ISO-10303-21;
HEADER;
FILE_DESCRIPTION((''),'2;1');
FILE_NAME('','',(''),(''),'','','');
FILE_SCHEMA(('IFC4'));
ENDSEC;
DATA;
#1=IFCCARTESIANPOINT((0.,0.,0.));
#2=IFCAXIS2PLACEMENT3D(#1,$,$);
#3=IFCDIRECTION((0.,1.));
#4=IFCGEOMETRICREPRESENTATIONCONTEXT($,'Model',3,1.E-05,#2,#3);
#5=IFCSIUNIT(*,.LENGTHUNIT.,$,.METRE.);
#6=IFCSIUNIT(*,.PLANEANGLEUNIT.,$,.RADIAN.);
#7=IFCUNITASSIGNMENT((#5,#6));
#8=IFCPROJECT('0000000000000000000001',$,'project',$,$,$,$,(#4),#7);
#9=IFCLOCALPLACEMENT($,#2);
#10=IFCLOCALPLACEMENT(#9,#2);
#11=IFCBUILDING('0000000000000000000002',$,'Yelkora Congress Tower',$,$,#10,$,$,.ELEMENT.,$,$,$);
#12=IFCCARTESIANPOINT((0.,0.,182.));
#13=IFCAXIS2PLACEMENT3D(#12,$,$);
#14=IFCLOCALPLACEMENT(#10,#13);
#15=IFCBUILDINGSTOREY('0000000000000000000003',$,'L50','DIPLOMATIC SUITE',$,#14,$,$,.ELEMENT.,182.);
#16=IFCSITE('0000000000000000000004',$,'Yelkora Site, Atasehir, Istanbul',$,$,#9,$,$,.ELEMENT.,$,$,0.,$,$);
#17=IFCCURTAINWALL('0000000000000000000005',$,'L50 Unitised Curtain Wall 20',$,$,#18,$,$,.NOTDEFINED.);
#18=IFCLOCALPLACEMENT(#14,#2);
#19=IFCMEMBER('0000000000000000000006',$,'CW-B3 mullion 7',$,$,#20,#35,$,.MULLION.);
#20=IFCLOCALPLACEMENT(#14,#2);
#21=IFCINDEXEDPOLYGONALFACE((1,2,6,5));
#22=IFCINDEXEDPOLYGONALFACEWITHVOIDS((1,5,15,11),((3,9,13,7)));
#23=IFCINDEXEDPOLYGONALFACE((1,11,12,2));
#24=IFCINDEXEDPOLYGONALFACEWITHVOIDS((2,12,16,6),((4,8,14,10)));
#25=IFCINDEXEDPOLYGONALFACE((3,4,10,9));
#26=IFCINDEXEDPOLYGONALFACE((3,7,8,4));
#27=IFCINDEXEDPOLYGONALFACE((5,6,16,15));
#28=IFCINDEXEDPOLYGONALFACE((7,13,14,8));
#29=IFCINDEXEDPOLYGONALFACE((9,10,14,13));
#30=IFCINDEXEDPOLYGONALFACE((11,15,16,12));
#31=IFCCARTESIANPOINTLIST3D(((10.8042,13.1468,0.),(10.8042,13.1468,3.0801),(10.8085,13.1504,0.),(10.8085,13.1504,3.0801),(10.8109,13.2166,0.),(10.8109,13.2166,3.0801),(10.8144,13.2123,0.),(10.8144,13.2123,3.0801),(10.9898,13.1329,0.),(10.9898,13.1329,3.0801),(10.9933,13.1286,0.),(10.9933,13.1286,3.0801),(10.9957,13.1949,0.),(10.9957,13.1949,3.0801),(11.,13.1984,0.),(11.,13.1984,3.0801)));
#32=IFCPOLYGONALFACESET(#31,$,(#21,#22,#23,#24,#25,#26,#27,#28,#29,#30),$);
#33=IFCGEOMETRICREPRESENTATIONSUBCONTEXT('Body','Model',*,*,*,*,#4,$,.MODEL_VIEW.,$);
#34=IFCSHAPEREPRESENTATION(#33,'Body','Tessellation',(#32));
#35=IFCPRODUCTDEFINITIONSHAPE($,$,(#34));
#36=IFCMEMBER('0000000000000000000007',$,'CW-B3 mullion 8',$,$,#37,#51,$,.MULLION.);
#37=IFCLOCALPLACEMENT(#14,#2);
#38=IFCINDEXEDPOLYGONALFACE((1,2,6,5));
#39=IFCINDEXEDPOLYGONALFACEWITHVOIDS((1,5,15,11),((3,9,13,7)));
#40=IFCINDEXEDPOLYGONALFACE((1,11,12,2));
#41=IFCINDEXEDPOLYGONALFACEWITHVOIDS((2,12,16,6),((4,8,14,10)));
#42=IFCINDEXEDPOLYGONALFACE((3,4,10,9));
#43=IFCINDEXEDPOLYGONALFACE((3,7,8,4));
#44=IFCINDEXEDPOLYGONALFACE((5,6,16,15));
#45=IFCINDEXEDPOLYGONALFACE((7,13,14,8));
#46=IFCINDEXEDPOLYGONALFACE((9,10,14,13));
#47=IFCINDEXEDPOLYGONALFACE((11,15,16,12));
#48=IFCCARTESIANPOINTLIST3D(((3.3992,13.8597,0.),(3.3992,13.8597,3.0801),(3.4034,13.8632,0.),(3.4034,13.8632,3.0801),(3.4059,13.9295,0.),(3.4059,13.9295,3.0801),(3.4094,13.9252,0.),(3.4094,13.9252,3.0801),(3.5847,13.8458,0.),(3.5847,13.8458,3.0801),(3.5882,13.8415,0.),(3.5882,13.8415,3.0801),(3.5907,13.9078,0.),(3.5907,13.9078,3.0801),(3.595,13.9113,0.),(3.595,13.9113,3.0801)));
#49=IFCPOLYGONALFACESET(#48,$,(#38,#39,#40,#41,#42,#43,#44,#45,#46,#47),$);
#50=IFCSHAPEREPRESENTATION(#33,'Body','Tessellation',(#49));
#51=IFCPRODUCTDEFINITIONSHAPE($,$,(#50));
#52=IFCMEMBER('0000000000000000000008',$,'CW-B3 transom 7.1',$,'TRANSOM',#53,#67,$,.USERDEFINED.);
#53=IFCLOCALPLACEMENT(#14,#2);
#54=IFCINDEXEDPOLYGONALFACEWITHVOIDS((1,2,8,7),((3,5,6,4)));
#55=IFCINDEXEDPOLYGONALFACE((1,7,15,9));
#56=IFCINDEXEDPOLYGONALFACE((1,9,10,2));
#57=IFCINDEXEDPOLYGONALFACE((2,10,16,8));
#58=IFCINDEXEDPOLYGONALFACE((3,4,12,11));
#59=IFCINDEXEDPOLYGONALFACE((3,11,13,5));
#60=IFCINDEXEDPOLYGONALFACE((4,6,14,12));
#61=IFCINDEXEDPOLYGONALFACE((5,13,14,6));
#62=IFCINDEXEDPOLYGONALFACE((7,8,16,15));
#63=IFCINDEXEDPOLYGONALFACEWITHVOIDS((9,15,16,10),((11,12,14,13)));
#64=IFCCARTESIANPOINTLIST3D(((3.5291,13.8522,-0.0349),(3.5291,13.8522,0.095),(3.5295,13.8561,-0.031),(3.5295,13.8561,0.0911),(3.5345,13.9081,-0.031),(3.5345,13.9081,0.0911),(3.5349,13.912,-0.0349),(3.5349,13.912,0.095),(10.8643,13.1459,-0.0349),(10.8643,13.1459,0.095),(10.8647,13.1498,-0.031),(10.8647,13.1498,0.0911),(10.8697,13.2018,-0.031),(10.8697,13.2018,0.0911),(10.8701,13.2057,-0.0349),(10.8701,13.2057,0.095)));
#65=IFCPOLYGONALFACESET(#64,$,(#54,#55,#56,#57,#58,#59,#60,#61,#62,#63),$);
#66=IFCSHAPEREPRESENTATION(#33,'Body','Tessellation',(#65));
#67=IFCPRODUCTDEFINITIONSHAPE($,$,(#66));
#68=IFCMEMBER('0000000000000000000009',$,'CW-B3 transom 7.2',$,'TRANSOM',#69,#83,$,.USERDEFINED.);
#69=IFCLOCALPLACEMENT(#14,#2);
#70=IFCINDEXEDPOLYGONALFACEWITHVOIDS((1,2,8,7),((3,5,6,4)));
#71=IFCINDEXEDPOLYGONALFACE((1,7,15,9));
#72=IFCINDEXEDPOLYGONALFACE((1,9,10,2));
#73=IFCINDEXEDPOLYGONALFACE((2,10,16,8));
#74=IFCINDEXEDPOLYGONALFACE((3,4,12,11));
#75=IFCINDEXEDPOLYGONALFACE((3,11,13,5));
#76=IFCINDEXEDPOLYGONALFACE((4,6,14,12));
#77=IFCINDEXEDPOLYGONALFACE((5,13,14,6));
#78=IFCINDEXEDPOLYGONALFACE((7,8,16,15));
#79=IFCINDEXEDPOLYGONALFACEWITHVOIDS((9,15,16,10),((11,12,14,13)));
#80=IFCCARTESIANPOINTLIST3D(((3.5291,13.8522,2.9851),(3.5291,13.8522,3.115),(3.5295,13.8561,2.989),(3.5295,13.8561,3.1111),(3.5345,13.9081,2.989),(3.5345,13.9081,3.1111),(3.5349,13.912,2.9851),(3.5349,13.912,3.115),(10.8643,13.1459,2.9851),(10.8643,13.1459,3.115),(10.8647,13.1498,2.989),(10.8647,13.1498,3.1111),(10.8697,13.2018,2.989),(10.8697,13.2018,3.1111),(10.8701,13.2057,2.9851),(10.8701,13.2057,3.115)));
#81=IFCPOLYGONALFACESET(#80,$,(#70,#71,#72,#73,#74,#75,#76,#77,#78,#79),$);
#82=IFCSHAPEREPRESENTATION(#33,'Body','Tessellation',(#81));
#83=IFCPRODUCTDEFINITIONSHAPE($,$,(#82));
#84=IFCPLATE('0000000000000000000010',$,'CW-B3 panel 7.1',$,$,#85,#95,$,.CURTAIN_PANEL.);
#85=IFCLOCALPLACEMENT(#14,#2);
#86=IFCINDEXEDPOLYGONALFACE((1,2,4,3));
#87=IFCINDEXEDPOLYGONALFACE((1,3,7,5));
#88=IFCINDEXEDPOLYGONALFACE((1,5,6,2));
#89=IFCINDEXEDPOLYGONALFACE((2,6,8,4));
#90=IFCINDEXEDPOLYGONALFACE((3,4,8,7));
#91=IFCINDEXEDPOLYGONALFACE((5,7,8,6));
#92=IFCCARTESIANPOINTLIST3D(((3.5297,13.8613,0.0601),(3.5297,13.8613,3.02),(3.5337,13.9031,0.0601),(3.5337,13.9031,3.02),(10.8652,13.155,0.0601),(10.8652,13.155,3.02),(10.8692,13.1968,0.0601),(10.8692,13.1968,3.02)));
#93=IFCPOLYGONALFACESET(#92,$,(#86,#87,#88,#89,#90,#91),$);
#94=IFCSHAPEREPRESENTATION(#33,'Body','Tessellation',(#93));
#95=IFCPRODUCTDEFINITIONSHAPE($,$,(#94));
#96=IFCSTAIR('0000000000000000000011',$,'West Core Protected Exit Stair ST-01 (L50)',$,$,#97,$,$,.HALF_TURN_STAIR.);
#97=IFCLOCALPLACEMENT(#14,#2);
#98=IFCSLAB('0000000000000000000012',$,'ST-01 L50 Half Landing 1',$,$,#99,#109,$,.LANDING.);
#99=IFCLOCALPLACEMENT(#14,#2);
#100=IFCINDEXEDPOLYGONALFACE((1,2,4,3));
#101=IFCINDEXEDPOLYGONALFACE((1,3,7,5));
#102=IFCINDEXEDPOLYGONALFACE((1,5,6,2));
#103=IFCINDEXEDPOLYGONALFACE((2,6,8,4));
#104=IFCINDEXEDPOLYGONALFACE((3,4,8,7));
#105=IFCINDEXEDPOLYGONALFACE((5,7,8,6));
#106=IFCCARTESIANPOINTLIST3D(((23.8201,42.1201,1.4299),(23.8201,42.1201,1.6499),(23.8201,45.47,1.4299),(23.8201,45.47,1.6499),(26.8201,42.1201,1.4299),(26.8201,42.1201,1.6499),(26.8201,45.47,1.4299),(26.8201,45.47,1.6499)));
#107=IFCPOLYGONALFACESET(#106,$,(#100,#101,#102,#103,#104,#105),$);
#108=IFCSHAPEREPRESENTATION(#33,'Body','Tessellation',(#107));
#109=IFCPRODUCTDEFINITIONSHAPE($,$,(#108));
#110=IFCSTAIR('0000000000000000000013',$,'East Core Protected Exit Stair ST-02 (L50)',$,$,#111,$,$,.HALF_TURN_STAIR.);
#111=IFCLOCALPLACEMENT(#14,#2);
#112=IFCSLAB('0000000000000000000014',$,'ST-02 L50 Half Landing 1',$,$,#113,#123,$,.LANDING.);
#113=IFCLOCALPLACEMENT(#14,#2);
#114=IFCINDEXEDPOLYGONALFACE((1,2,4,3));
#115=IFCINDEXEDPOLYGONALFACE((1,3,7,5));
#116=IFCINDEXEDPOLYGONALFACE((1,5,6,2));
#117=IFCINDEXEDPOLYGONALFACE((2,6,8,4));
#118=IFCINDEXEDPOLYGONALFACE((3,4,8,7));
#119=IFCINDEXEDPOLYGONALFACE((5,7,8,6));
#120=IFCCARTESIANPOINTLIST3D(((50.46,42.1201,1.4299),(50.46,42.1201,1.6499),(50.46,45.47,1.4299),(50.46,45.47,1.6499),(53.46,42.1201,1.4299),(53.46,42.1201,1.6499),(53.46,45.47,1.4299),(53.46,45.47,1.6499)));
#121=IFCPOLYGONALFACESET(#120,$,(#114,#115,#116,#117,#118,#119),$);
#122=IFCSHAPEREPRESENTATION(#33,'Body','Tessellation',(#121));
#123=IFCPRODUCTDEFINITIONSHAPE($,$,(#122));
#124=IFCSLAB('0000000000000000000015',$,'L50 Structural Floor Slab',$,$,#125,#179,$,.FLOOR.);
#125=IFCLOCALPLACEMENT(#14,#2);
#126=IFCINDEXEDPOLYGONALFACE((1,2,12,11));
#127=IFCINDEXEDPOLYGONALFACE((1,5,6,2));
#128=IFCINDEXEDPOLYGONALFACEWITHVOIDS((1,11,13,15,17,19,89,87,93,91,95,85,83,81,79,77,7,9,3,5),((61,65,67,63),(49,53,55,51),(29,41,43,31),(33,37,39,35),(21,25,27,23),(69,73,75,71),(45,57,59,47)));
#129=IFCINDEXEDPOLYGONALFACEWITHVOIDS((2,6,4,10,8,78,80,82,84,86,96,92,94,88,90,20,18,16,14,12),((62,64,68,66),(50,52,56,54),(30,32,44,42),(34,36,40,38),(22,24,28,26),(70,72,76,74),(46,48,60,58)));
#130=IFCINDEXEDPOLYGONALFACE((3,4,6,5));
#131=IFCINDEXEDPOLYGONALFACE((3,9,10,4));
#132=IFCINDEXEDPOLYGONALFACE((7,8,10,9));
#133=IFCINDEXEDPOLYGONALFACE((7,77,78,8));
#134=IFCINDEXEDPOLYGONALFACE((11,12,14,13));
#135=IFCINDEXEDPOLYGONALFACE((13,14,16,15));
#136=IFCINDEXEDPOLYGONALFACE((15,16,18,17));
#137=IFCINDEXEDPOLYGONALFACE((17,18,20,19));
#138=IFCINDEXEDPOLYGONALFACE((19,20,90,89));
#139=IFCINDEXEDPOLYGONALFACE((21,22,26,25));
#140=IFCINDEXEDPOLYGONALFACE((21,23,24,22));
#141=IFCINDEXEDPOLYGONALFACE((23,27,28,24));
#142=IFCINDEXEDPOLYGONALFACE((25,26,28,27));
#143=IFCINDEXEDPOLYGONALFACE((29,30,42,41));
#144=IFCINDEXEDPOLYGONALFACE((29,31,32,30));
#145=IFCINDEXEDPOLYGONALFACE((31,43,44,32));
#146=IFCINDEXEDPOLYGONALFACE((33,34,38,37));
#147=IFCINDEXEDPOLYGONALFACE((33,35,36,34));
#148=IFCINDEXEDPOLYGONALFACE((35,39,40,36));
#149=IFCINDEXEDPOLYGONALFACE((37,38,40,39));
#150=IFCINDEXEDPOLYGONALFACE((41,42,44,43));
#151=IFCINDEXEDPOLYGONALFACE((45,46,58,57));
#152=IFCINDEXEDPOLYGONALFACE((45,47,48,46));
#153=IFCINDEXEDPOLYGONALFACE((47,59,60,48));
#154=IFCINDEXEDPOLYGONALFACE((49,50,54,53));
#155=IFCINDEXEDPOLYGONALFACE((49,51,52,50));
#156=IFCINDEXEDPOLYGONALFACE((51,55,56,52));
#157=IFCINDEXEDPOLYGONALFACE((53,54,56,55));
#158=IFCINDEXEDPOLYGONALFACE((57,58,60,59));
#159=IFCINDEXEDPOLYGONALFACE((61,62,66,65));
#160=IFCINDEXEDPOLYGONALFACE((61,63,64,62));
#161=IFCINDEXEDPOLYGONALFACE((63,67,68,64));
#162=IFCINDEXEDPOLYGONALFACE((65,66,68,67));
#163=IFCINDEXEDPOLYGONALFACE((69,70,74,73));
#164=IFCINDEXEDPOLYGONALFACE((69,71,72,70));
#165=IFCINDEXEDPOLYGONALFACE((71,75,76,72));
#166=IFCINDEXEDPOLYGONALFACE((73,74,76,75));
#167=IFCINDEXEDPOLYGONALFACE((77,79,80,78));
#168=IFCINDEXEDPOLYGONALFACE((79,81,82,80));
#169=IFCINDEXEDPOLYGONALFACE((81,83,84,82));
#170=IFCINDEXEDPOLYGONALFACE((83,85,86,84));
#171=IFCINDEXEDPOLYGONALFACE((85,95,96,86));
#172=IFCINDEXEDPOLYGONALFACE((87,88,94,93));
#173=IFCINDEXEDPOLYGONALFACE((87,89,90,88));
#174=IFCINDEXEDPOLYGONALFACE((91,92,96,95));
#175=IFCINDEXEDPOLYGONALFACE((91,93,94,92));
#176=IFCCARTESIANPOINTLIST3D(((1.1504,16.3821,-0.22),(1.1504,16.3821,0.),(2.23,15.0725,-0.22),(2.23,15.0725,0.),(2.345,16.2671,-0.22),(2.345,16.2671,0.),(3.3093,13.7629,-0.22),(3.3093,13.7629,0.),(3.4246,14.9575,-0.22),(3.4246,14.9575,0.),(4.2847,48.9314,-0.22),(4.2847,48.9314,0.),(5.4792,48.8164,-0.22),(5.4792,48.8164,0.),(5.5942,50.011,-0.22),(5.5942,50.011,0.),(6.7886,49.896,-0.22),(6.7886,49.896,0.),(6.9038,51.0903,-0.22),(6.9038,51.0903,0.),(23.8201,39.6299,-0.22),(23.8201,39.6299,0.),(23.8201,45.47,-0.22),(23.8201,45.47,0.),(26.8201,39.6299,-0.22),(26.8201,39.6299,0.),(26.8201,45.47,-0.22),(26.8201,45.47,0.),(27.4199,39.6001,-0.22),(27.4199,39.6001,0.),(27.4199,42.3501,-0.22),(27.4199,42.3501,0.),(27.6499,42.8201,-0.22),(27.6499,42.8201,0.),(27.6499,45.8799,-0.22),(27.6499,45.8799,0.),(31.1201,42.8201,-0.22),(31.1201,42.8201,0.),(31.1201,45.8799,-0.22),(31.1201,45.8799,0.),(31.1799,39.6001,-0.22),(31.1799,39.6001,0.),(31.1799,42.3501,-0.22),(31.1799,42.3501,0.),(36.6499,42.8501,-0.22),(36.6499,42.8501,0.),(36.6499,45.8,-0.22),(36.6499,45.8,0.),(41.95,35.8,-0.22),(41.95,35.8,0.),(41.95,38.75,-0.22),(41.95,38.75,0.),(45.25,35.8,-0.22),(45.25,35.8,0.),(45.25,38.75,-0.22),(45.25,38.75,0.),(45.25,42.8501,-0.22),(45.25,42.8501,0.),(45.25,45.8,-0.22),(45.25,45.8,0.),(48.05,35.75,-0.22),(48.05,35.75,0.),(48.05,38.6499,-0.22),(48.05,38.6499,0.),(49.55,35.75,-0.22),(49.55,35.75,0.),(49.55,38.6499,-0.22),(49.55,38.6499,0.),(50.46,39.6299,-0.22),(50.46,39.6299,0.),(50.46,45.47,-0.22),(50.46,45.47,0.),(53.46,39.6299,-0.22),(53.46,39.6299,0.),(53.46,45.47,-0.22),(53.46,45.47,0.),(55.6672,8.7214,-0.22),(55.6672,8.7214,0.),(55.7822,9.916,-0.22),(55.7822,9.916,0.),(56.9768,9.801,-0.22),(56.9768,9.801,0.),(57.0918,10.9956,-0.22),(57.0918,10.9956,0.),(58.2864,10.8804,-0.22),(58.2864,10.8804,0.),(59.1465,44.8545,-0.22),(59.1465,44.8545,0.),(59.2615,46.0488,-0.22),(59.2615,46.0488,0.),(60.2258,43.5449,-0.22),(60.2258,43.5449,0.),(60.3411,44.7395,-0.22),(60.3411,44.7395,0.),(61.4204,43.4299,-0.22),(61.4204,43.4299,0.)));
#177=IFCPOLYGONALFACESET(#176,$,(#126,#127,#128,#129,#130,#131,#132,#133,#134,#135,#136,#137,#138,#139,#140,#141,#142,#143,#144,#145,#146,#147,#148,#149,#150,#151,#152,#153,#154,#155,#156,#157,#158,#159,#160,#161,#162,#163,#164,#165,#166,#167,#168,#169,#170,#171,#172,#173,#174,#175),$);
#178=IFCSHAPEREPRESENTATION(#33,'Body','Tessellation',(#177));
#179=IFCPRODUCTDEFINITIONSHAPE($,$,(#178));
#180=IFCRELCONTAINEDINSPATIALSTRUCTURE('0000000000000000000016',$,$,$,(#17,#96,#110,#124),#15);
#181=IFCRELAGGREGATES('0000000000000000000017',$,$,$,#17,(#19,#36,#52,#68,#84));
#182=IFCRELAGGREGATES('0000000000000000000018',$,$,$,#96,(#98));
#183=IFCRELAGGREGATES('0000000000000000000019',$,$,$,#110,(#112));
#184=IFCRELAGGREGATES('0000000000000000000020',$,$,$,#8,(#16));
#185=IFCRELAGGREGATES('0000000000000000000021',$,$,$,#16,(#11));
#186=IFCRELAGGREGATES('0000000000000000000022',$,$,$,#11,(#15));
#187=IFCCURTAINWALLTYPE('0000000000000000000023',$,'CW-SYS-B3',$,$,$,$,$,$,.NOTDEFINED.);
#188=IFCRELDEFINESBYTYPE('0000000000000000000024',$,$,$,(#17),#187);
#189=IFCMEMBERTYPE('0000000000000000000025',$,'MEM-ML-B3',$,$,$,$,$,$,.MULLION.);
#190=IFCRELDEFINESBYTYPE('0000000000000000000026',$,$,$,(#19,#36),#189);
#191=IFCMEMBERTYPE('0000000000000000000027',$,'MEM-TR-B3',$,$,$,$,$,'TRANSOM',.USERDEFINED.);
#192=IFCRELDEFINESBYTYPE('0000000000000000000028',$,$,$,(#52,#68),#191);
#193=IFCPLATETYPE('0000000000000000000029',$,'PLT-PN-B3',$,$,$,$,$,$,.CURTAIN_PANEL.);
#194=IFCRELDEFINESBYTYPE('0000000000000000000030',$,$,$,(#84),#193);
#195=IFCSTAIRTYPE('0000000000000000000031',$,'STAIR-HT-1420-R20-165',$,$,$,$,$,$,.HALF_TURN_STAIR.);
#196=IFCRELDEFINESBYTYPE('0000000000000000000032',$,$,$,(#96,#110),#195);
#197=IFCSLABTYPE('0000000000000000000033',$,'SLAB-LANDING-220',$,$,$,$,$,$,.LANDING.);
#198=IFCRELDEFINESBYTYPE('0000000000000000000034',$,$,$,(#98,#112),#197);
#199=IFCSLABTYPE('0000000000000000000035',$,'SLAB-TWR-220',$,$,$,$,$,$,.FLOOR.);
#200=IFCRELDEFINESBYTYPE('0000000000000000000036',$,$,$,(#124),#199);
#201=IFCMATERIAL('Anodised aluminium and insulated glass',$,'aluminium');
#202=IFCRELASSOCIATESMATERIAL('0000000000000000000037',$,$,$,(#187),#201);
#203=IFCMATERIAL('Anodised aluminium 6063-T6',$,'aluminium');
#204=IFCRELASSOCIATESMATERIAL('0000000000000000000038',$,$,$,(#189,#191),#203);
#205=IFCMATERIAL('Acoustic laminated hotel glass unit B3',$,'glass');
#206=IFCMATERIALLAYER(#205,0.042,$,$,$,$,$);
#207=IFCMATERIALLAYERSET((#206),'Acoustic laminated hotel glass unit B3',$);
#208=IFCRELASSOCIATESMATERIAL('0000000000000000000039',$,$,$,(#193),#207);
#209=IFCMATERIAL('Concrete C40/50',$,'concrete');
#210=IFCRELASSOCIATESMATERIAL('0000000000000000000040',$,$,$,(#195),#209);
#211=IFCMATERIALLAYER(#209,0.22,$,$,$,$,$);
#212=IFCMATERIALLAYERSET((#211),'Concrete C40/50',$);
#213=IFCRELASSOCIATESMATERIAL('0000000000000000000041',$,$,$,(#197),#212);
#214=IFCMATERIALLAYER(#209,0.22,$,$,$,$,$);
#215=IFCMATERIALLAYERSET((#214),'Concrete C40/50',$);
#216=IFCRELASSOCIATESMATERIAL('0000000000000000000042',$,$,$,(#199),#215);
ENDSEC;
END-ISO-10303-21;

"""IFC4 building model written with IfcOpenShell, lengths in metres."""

from ifc_helpers import new_model, si_unit, direction, frame, origin, origin_2d, place, context, subcontext, project, spatial, polyline, rectangle, hollow_rectangle, outline, extrude, material, layer, layer_set, material_profile, profile_set, type_object, element, aggregate, save


model = new_model("IFC4")

# Units and contexts
model_context = context("Model", 3, precision=1e-05, world=origin(), true_north=direction((0.0, 1.0)))
body_context = subcontext(model_context, "Body", "Model", "MODEL_VIEW")
ifc_project = project(units=[si_unit("LENGTHUNIT", "METRE"), si_unit("PLANEANGLEUNIT", "RADIAN")], contexts=[model_context])

# Site, building, storey
site_placement = place(None, origin())
site = spatial("IfcSite", under=ifc_project, at=site_placement, Name="Yelkora Site, Atasehir, Istanbul", CompositionType="ELEMENT", RefElevation=0.0)
building_placement = place(site_placement, origin())
building = spatial("IfcBuilding", under=site, at=building_placement, Name="Yelkora Congress Tower", CompositionType="ELEMENT")
storey_placement = place(building_placement, frame((0.0, 0.0, 182.0)))
storey = spatial("IfcBuildingStorey", under=building, at=storey_placement, Name="L50", Description="DIPLOMATIC SUITE", CompositionType="ELEMENT", Elevation=182.0)

# Curtain wall, members, plate
ifc_material_1 = material(Name="Anodised aluminium and insulated glass", Category="aluminium")
curtain_wall_type = type_object("IfcCurtainWallType", Name="CW-SYS-B3", PredefinedType="NOTDEFINED", material=ifc_material_1)
curtain_wall_placement = place(storey_placement, origin())
curtain_wall = element("IfcCurtainWall", 1, at=curtain_wall_placement, inside=storey, type_object=curtain_wall_type, Name="L50 Unitised Curtain Wall 20", PredefinedType="NOTDEFINED")
ifc_material_2 = material(Name="Anodised aluminium 6063-T6", Category="aluminium")
ifc_material_profile_1 = material_profile(ifc_material_2, hollow_rectangle(XDim=0.0701, YDim=0.1899, WallThickness=0.0039, at=origin_2d()), Name="ALU 70x190x4")
ifc_profile_set_1 = profile_set([ifc_material_profile_1], Name="Anodised aluminium 6063-T6")
member_type_1 = type_object("IfcMemberType", Name="MEM-ML-B3", PredefinedType="MULLION", material=ifc_profile_set_1)
member_1_placement = place(storey_placement, frame((10.9021, 13.1726, 0.0), z_axis=(0.0, 0.0, 1.0), x_axis=(-0.095845, -0.995396, 0.0)))
member_1 = element("IfcMember", 2, at=member_1_placement, type_object=member_type_1, Name="CW-B3 mullion 7", PredefinedType="MULLION", context=body_context, shape_type="SweptSolid", body=[
    extrude(hollow_rectangle(XDim=0.0701, YDim=0.1899, WallThickness=0.0039, at=origin_2d()), origin(), (0.0, 0.0, 1.0), 3.0801),
])
member_2_placement = place(storey_placement, frame((3.4971, 13.8855, 0.0), z_axis=(0.0, 0.0, 1.0), x_axis=(-0.095845, -0.995396, 0.0)))
member_2 = element("IfcMember", 3, at=member_2_placement, type_object=member_type_1, Name="CW-B3 mullion 8", PredefinedType="MULLION", context=body_context, shape_type="SweptSolid", body=[
    extrude(hollow_rectangle(XDim=0.0701, YDim=0.1899, WallThickness=0.0039, at=origin_2d()), origin(), (0.0, 0.0, 1.0), 3.0801),
])
ifc_material_profile_2 = material_profile(ifc_material_2, hollow_rectangle(XDim=0.0601, YDim=0.1299, WallThickness=0.0039, at=origin_2d()), Name="ALU 60x130x4")
ifc_profile_set_2 = profile_set([ifc_material_profile_2], Name="Anodised aluminium 6063-T6")
member_type_2 = type_object("IfcMemberType", Name="MEM-TR-B3", ElementType="TRANSOM", PredefinedType="USERDEFINED", material=ifc_profile_set_2)
member_3_placement = place(storey_placement, frame((10.8672, 13.1758, 0.03), z_axis=(-0.995396, 0.095846, 0.0), x_axis=(-0.095846, -0.995396, 0.0)))
member_3 = element("IfcMember", 4, at=member_3_placement, type_object=member_type_2, Name="CW-B3 transom 7.1", ObjectType="TRANSOM", PredefinedType="USERDEFINED", context=body_context, shape_type="SweptSolid", body=[
    extrude(hollow_rectangle(XDim=0.0601, YDim=0.1299, WallThickness=0.0039, at=origin_2d()), origin(), (0.0, 0.0, 1.0), 7.3691),
])
member_4_placement = place(storey_placement, frame((10.8672, 13.1758, 3.05), z_axis=(-0.995396, 0.095846, 0.0), x_axis=(-0.095846, -0.995396, 0.0)))
member_4 = element("IfcMember", 5, at=member_4_placement, type_object=member_type_2, Name="CW-B3 transom 7.2", ObjectType="TRANSOM", PredefinedType="USERDEFINED", context=body_context, shape_type="SweptSolid", body=[
    extrude(hollow_rectangle(XDim=0.0601, YDim=0.1299, WallThickness=0.0039, at=origin_2d()), origin(), (0.0, 0.0, 1.0), 7.3691),
])
ifc_material_3 = material(Name="Acoustic laminated hotel glass unit B3", Category="glass")
ifc_layer_1 = layer(ifc_material_3, 0.042)
ifc_layer_set_1 = layer_set([ifc_layer_1], Name="Acoustic laminated hotel glass unit B3")
plate_type = type_object("IfcPlateType", Name="PLT-PN-B3", PredefinedType="CURTAIN_PANEL", material=ifc_layer_set_1)
plate_placement = place(storey_placement, frame((7.1995, 13.5291, 0.0601), z_axis=(0.0, 0.0, 1.0), x_axis=(-0.995396, 0.095845, 0.0)))
plate = element("IfcPlate", 6, at=plate_placement, type_object=plate_type, Name="CW-B3 panel 7.1", PredefinedType="CURTAIN_PANEL", context=body_context, shape_type="SweptSolid", body=[
    extrude(rectangle(XDim=7.3694, YDim=0.042, at=origin_2d()), origin(), (0.0, 0.0, 1.0), 2.96),
])
aggregate(curtain_wall, [member_1, member_2, member_3, member_4, plate])

# Stairs, slabs
ifc_material_4 = material(Name="Concrete C40/50", Category="concrete")
stair_type = type_object("IfcStairType", Name="STAIR-HT-1420-R20-165", PredefinedType="HALF_TURN_STAIR", material=ifc_material_4)
stair_1_placement = place(storey_placement, origin())
stair_1 = element("IfcStair", 7, at=stair_1_placement, inside=storey, type_object=stair_type, Name="West Core Protected Exit Stair ST-01 (L50)", PredefinedType="HALF_TURN_STAIR")
ifc_layer_2 = layer(ifc_material_4, 0.22)
ifc_layer_set_2 = layer_set([ifc_layer_2], Name="Concrete C40/50")
slab_type_1 = type_object("IfcSlabType", Name="SLAB-LANDING-220", PredefinedType="LANDING", material=ifc_layer_set_2)
slab_1_placement = place(storey_placement, frame((0.0, 0.0, 1.4299)))
slab_1 = element("IfcSlab", 8, at=slab_1_placement, type_object=slab_type_1, Name="ST-01 L50 Half Landing 1", PredefinedType="LANDING", context=body_context, shape_type="SweptSolid", body=[
    extrude(outline(polyline([(26.8201, 42.1201), (26.8201, 45.47), (23.8201, 45.47), (23.8201, 42.1201), (26.8201, 42.1201)])), origin(), (0.0, 0.0, 1.0), 0.22),
])
aggregate(stair_1, [slab_1])
stair_2_placement = place(storey_placement, origin())
stair_2 = element("IfcStair", 9, at=stair_2_placement, inside=storey, type_object=stair_type, Name="East Core Protected Exit Stair ST-02 (L50)", PredefinedType="HALF_TURN_STAIR")
slab_2_placement = place(storey_placement, frame((0.0, 0.0, 1.4299)))
slab_2 = element("IfcSlab", 10, at=slab_2_placement, type_object=slab_type_1, Name="ST-02 L50 Half Landing 1", PredefinedType="LANDING", context=body_context, shape_type="SweptSolid", body=[
    extrude(outline(polyline([(53.46, 42.1201), (53.46, 45.47), (50.46, 45.47), (50.46, 42.1201), (53.46, 42.1201)])), origin(), (0.0, 0.0, 1.0), 0.22),
])
aggregate(stair_2, [slab_2])

# Slab
ifc_layer_3 = layer(ifc_material_4, 0.22)
ifc_layer_set_3 = layer_set([ifc_layer_3], Name="Concrete C40/50")
slab_type_2 = type_object("IfcSlabType", Name="SLAB-TWR-220", PredefinedType="FLOOR", material=ifc_layer_set_3)
slab_3_placement = place(storey_placement, frame((0.0, 0.0, -0.22)))
element("IfcSlab", 11, at=slab_3_placement, inside=storey, type_object=slab_type_2, Name="L50 Structural Floor Slab", PredefinedType="FLOOR", context=body_context, shape_type="SweptSolid", body=[
    extrude(outline(polyline([(3.3093, 13.7629), (55.6672, 8.7214), (55.7822, 9.916), (56.9768, 9.801), (57.0918, 10.9956), (58.2864, 10.8804), (61.4204, 43.4299), (60.2258, 43.5449), (60.3411, 44.7395), (59.1465, 44.8545), (59.2615, 46.0488), (6.9038, 51.0903), (6.7886, 49.896), (5.5942, 50.011), (5.4792, 48.8164), (4.2847, 48.9314), (1.1504, 16.3821), (2.345, 16.2671), (2.23, 15.0725), (3.4246, 14.9575), (3.3093, 13.7629)]), holes=[polyline([(23.8201, 39.6299), (26.8201, 39.6299), (26.8201, 45.47), (23.8201, 45.47), (23.8201, 39.6299)]), polyline([(50.46, 39.6299), (53.46, 39.6299), (53.46, 45.47), (50.46, 45.47), (50.46, 39.6299)]), polyline([(48.05, 35.75), (49.55, 35.75), (49.55, 38.6499), (48.05, 38.6499), (48.05, 35.75)]), polyline([(36.6499, 42.8501), (45.25, 42.8501), (45.25, 45.8), (36.6499, 45.8), (36.6499, 42.8501)]), polyline([(41.95, 35.8), (45.25, 35.8), (45.25, 38.75), (41.95, 38.75), (41.95, 35.8)]), polyline([(27.4199, 39.6001), (31.1799, 39.6001), (31.1799, 42.3501), (27.4199, 42.3501), (27.4199, 39.6001)]), polyline([(27.6499, 42.8201), (31.1201, 42.8201), (31.1201, 45.8799), (27.6499, 45.8799), (27.6499, 42.8201)])]), origin(), (0.0, 0.0, 1.0), 0.22),
])

save(model, "model.ifc")
